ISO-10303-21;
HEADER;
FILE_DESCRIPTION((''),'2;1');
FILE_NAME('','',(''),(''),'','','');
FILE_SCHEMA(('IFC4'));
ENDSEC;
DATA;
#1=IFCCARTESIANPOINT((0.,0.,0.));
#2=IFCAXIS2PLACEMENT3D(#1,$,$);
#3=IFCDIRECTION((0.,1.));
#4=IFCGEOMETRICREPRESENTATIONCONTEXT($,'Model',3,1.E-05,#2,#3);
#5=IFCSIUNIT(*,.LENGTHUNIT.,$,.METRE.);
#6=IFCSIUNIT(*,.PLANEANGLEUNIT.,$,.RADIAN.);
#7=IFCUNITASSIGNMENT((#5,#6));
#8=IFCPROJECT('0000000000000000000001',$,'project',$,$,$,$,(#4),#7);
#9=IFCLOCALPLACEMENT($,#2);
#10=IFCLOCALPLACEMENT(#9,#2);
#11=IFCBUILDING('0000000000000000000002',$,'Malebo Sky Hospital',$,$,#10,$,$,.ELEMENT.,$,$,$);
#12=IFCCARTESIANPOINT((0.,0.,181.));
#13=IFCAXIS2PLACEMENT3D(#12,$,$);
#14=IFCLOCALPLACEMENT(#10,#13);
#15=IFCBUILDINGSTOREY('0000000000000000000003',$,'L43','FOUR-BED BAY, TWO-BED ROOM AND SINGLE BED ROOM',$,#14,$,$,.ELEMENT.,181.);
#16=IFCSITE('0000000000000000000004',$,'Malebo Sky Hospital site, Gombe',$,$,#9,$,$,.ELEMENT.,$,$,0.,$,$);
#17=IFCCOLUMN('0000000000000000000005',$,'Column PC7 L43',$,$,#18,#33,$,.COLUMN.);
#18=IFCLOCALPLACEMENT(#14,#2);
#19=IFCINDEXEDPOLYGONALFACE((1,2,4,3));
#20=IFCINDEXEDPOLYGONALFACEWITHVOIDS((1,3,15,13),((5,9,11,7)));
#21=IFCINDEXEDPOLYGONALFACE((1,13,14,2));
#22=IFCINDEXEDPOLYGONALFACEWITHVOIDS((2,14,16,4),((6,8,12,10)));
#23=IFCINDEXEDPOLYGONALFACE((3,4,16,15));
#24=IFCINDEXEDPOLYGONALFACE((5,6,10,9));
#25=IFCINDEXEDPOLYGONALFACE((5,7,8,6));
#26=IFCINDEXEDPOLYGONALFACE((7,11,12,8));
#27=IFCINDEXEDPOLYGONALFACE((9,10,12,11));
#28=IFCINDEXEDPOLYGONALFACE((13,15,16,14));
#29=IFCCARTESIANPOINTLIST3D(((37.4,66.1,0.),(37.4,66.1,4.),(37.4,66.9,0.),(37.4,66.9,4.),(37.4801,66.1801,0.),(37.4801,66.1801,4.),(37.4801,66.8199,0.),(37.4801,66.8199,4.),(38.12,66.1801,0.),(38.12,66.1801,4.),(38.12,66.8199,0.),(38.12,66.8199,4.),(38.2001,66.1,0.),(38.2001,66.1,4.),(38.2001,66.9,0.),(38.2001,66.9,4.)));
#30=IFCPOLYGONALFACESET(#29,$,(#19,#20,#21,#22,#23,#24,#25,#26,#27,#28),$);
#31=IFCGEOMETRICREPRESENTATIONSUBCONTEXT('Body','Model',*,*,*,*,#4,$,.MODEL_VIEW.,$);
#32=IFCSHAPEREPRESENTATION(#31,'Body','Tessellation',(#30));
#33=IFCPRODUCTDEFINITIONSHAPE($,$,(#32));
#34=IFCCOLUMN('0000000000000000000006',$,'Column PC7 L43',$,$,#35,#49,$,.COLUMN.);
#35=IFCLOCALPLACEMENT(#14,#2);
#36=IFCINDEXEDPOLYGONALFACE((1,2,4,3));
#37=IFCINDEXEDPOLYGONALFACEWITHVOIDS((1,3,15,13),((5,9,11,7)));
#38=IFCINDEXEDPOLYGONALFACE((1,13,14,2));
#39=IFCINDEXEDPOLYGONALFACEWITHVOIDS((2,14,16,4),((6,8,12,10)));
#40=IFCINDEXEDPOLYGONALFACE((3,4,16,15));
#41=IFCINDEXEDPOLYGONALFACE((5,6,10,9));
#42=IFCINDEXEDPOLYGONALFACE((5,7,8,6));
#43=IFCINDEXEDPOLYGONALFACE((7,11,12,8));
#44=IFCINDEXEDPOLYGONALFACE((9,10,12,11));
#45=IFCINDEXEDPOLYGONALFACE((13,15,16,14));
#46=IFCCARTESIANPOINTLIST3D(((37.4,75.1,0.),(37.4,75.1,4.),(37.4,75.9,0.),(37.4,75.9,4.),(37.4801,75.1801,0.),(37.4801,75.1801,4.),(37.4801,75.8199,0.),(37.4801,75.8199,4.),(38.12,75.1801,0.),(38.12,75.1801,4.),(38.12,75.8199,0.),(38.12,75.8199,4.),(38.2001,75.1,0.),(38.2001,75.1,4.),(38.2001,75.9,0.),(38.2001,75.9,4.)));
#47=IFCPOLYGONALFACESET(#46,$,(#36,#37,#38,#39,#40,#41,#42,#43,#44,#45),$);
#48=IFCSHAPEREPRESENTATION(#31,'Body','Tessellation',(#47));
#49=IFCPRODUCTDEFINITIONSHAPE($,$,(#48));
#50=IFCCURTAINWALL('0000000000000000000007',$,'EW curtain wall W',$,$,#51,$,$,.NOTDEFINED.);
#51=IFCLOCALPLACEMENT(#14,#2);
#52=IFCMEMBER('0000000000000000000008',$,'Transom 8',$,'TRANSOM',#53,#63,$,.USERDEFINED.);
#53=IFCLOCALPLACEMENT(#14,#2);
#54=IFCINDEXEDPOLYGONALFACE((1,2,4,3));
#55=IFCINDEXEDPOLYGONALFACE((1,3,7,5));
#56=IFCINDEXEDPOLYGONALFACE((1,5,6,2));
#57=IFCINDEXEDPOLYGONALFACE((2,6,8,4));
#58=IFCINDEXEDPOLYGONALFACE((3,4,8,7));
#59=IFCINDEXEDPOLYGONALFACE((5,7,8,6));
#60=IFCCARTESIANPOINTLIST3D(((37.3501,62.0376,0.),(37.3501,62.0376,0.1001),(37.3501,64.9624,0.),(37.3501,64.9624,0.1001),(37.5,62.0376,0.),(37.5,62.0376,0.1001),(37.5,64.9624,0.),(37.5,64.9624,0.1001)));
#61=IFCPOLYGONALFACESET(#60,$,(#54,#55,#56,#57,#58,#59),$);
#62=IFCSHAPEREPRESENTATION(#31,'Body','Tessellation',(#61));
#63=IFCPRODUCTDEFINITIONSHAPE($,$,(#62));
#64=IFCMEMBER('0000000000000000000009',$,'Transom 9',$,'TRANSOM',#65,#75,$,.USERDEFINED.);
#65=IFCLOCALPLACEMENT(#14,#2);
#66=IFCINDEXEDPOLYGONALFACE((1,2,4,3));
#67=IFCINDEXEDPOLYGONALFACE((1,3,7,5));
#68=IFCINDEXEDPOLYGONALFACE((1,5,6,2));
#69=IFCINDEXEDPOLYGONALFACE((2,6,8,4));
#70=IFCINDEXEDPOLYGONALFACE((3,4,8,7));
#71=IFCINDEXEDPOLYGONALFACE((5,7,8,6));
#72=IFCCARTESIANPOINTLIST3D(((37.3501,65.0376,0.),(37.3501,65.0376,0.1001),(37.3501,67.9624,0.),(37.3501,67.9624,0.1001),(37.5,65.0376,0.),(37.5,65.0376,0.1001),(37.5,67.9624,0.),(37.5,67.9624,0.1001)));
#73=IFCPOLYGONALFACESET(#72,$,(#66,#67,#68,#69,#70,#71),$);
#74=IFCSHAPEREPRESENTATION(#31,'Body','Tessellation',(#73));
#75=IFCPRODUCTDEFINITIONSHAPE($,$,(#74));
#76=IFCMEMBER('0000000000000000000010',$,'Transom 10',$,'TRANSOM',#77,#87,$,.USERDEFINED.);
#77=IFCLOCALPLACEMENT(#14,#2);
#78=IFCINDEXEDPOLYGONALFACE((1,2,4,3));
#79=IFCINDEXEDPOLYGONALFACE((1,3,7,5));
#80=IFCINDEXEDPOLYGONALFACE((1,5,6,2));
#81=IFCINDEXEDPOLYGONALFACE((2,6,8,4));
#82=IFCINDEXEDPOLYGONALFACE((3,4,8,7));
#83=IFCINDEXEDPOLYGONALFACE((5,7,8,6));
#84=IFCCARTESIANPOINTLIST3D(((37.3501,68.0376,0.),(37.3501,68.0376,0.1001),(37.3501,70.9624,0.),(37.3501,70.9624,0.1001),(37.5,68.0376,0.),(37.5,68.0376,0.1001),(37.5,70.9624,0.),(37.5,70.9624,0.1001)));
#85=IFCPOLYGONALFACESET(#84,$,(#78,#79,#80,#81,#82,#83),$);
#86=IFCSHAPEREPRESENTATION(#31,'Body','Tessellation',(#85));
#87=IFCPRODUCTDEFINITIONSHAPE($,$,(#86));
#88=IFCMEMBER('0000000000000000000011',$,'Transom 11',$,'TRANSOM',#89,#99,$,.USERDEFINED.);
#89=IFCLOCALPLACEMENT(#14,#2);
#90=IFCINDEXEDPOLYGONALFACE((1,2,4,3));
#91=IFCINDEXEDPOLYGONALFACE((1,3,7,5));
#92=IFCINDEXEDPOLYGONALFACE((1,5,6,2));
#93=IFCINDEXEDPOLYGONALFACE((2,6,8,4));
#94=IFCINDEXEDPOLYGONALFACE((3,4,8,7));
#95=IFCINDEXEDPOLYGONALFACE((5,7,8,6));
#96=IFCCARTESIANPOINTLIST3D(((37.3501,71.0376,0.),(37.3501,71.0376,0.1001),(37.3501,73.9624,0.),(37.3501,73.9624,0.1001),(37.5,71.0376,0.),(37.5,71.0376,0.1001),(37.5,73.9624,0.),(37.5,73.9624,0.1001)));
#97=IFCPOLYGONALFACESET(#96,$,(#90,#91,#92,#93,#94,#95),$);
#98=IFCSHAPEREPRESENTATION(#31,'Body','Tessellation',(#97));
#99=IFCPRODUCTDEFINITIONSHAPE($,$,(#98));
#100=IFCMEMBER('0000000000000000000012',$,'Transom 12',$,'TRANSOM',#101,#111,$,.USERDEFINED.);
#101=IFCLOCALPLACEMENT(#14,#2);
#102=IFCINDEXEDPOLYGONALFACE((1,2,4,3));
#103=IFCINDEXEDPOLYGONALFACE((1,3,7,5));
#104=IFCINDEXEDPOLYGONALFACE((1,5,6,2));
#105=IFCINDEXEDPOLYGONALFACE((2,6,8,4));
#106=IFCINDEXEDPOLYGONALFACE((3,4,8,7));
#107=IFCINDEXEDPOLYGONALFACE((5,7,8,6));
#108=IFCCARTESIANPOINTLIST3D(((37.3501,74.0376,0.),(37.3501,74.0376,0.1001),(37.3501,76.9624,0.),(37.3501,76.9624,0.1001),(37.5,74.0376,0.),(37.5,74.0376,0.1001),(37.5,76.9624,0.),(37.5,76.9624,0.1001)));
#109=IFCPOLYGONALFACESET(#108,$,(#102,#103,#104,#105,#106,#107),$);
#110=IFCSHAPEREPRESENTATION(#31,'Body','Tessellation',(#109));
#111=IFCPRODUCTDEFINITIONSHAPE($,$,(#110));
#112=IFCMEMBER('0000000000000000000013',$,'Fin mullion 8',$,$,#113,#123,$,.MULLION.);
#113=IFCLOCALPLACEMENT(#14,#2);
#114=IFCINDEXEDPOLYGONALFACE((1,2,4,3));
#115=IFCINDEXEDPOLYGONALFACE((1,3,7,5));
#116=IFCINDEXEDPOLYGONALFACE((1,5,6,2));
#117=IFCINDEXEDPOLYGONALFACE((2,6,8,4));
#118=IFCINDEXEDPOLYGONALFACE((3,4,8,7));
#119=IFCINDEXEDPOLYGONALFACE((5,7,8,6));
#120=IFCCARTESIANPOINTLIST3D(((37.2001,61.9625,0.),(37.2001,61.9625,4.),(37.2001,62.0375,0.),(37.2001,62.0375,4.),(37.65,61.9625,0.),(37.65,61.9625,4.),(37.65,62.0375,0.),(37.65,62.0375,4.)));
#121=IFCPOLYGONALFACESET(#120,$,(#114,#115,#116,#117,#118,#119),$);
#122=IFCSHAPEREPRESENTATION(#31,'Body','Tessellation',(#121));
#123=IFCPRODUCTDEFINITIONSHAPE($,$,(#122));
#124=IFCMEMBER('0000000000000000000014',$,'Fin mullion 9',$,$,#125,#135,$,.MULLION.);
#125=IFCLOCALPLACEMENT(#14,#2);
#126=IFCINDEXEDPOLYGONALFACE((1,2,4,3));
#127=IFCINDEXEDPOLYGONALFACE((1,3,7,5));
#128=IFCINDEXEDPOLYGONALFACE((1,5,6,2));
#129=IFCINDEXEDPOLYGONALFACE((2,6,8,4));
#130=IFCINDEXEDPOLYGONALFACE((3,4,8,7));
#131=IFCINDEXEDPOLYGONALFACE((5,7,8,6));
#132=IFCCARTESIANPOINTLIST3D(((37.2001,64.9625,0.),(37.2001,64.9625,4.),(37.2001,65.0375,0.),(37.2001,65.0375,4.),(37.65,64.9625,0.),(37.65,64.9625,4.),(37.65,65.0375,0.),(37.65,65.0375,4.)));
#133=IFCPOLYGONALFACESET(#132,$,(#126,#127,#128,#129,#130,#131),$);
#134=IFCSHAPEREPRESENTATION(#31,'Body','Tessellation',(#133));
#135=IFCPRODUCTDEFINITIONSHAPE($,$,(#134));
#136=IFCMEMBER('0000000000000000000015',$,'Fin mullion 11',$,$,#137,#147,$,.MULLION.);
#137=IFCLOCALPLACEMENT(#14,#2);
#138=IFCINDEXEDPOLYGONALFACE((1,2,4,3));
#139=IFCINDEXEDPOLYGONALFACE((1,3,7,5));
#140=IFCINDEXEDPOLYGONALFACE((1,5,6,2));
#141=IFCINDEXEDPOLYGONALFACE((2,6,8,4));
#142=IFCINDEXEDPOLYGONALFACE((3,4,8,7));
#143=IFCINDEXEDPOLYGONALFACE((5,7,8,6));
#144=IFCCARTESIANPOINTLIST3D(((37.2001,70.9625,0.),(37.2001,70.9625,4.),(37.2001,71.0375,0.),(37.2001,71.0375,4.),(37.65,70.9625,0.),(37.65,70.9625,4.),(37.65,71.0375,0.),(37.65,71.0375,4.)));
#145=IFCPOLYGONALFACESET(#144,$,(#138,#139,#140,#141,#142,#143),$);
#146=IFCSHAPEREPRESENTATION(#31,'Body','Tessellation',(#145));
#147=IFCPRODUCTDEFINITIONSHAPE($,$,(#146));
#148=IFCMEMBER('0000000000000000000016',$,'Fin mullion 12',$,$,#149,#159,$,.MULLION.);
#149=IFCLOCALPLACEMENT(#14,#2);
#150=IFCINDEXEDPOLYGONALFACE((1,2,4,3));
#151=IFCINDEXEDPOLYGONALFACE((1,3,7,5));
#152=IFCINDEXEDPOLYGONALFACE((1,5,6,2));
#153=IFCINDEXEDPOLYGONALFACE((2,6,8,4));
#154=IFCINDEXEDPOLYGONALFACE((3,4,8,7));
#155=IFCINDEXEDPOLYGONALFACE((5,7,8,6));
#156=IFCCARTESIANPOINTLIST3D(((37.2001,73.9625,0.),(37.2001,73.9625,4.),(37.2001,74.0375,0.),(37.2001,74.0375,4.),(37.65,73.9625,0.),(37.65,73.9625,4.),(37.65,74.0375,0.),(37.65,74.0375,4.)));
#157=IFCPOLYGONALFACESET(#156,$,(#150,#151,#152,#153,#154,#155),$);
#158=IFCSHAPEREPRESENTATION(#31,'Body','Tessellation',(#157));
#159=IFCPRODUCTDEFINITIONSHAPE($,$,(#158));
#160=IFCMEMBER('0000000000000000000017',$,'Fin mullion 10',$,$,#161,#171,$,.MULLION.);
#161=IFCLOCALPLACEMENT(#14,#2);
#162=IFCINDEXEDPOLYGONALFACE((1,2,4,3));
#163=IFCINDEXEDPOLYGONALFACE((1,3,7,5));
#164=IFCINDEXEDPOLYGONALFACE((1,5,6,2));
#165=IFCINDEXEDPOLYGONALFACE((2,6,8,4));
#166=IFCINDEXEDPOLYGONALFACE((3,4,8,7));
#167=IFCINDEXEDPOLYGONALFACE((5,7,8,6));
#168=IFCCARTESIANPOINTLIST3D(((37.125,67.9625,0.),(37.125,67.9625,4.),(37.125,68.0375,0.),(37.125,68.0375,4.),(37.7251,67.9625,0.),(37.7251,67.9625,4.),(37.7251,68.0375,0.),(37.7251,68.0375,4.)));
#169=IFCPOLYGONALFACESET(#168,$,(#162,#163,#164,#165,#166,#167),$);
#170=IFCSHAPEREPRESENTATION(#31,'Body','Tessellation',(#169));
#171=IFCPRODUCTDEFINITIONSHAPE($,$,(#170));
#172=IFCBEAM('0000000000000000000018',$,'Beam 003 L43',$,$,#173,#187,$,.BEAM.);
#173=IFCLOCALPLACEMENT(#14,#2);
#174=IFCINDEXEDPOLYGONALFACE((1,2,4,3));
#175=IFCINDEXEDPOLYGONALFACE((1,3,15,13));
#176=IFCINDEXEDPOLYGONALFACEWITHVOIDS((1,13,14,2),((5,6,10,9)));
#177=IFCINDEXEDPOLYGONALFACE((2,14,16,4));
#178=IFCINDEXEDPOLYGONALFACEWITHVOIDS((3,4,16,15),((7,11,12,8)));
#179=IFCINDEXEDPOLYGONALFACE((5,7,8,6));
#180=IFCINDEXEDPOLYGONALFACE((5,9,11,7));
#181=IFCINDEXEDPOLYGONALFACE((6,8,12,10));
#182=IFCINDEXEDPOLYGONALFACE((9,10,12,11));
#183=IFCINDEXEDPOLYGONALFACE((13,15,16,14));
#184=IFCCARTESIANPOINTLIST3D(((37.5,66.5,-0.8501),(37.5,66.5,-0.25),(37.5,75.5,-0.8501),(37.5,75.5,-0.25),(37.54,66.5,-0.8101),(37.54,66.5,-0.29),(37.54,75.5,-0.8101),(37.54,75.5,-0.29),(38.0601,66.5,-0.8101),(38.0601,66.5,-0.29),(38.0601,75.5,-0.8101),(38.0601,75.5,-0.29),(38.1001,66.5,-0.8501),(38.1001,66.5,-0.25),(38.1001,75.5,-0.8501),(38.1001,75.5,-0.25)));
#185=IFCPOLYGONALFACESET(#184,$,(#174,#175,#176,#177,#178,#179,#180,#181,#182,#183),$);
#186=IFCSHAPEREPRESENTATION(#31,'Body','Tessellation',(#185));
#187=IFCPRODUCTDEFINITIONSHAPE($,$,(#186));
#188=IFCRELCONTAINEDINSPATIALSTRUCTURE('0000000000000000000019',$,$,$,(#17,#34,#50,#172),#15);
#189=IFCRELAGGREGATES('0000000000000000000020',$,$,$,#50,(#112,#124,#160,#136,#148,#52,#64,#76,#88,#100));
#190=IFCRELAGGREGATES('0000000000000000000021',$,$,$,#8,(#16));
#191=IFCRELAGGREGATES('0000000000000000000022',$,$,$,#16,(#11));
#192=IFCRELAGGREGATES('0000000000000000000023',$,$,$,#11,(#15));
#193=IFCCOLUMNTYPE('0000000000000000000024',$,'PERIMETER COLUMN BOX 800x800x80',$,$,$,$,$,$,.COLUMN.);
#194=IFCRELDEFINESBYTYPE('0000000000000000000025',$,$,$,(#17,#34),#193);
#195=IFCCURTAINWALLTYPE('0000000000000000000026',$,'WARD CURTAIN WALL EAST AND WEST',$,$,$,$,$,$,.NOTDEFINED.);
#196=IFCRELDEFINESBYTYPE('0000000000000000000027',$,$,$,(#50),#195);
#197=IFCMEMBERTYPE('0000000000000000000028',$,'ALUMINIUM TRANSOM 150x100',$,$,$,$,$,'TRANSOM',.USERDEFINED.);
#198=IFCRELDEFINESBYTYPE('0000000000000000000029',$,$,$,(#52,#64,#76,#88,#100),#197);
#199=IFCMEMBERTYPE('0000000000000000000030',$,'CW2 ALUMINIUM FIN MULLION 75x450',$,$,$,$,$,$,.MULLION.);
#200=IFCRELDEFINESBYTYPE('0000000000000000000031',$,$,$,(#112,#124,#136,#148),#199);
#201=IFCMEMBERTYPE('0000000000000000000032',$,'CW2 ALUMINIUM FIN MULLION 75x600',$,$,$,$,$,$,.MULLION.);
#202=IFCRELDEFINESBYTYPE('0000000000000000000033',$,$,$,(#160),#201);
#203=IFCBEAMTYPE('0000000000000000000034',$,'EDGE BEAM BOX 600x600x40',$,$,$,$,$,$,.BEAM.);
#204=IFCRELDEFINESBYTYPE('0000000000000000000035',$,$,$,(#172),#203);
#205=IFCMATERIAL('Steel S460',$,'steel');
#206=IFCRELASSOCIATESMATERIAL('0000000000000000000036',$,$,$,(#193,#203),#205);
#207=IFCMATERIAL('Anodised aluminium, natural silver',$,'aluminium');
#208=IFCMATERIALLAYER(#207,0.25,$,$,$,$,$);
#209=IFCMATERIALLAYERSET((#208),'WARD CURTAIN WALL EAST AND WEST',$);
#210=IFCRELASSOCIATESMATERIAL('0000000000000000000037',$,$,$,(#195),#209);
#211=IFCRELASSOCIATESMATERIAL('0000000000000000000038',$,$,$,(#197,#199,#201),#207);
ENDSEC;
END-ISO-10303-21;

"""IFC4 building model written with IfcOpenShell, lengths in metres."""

from ifc_helpers import new_model, si_unit, direction, frame, origin, origin_2d, place, context, subcontext, project, spatial, rectangle, hollow_rectangle, extrude, material, layer, layer_set, material_profile, profile_set, type_object, element, aggregate, save


model = new_model("IFC4")

# Units and contexts
model_context = context("Model", 3, precision=1e-05, world=origin(), true_north=direction((0.0, 1.0)))
body_context = subcontext(model_context, "Body", "Model", "MODEL_VIEW")
ifc_project = project(units=[si_unit("LENGTHUNIT", "METRE"), si_unit("PLANEANGLEUNIT", "RADIAN")], contexts=[model_context])

# Site, building, storey
site_placement = place(None, origin())
site = spatial("IfcSite", under=ifc_project, at=site_placement, Name="Malebo Sky Hospital site, Gombe", CompositionType="ELEMENT", RefElevation=0.0)
building_placement = place(site_placement, origin())
building = spatial("IfcBuilding", under=site, at=building_placement, Name="Malebo Sky Hospital", CompositionType="ELEMENT")
storey_placement = place(building_placement, frame((0.0, 0.0, 181.0)))
storey = spatial("IfcBuildingStorey", under=building, at=storey_placement, Name="L43", Description="FOUR-BED BAY, TWO-BED ROOM AND SINGLE BED ROOM", CompositionType="ELEMENT", Elevation=181.0)

# Columns
ifc_material_1 = material(Name="Steel S460", Category="steel")
ifc_material_profile_1 = material_profile(ifc_material_1, hollow_rectangle(XDim=0.8, YDim=0.8, WallThickness=0.0801, at=origin_2d()), Name="BOX 800x800x80")
ifc_profile_set_1 = profile_set([ifc_material_profile_1], Name="Steel S460")
column_type = type_object("IfcColumnType", Name="PERIMETER COLUMN BOX 800x800x80", PredefinedType="COLUMN", material=ifc_profile_set_1)
for number, where, z_axis, x_axis, name in (
    (1, (37.8, 66.5, 0.0), (0.0, 0.0, 1.0), (1.0, 0.0, 0.0), "Column PC7 L43"),
    (2, (37.8, 75.5, 0.0), (0.0, 0.0, 1.0), (1.0, 0.0, 0.0), "Column PC7 L43"),
):
    element("IfcColumn", number, at=place(storey_placement, frame(where, z_axis=z_axis, x_axis=x_axis)), inside=storey, type_object=column_type, Name=name, PredefinedType="COLUMN", context=body_context, shape_type="SweptSolid", body=[
        extrude(hollow_rectangle(XDim=0.8, YDim=0.8, WallThickness=0.0801, at=origin_2d()), origin(), (0.0, 0.0, 1.0), 4.0),
    ])

# Curtain wall, members
ifc_material_2 = material(Name="Anodised aluminium, natural silver", Category="aluminium")
ifc_layer_1 = layer(ifc_material_2, 0.25)
ifc_layer_set_1 = layer_set([ifc_layer_1], Name="WARD CURTAIN WALL EAST AND WEST")
curtain_wall_type = type_object("IfcCurtainWallType", Name="WARD CURTAIN WALL EAST AND WEST", PredefinedType="NOTDEFINED", material=ifc_layer_set_1)
curtain_wall_placement = place(storey_placement, origin())
curtain_wall = element("IfcCurtainWall", 3, at=curtain_wall_placement, inside=storey, type_object=curtain_wall_type, Name="EW curtain wall W", PredefinedType="NOTDEFINED")
ifc_material_profile_2 = material_profile(ifc_material_2, rectangle(XDim=0.1499, YDim=0.1001, at=origin_2d()), Name="ALUMINIUM TRANSOM 150x100")
ifc_profile_set_2 = profile_set([ifc_material_profile_2], Name="Anodised aluminium, natural silver")
member_type_1 = type_object("IfcMemberType", Name="ALUMINIUM TRANSOM 150x100", ElementType="TRANSOM", PredefinedType="USERDEFINED", material=ifc_profile_set_2)
member_1_placement = place(storey_placement, frame((37.425, 62.0376, 0.05), z_axis=(0.0, 1.0, 0.0), x_axis=(-1.0, 0.0, 0.0)))
member_1 = element("IfcMember", 4, at=member_1_placement, type_object=member_type_1, Name="Transom 8", ObjectType="TRANSOM", PredefinedType="USERDEFINED", context=body_context, shape_type="SweptSolid", body=[
    extrude(rectangle(XDim=0.1499, YDim=0.1001, at=origin_2d()), origin(), (0.0, 0.0, 1.0), 2.9248),
])
member_2_placement = place(storey_placement, frame((37.425, 65.0376, 0.05), z_axis=(0.0, 1.0, 0.0), x_axis=(-1.0, 0.0, 0.0)))
member_2 = element("IfcMember", 5, at=member_2_placement, type_object=member_type_1, Name="Transom 9", ObjectType="TRANSOM", PredefinedType="USERDEFINED", context=body_context, shape_type="SweptSolid", body=[
    extrude(rectangle(XDim=0.1499, YDim=0.1001, at=origin_2d()), origin(), (0.0, 0.0, 1.0), 2.9248),
])
member_3_placement = place(storey_placement, frame((37.425, 68.0376, 0.05), z_axis=(0.0, 1.0, 0.0), x_axis=(-1.0, 0.0, 0.0)))
member_3 = element("IfcMember", 6, at=member_3_placement, type_object=member_type_1, Name="Transom 10", ObjectType="TRANSOM", PredefinedType="USERDEFINED", context=body_context, shape_type="SweptSolid", body=[
    extrude(rectangle(XDim=0.1499, YDim=0.1001, at=origin_2d()), origin(), (0.0, 0.0, 1.0), 2.9248),
])
member_4_placement = place(storey_placement, frame((37.425, 71.0376, 0.05), z_axis=(0.0, 1.0, 0.0), x_axis=(-1.0, 0.0, 0.0)))
member_4 = element("IfcMember", 7, at=member_4_placement, type_object=member_type_1, Name="Transom 11", ObjectType="TRANSOM", PredefinedType="USERDEFINED", context=body_context, shape_type="SweptSolid", body=[
    extrude(rectangle(XDim=0.1499, YDim=0.1001, at=origin_2d()), origin(), (0.0, 0.0, 1.0), 2.9248),
])
member_5_placement = place(storey_placement, frame((37.425, 74.0376, 0.05), z_axis=(0.0, 1.0, 0.0), x_axis=(-1.0, 0.0, 0.0)))
member_5 = element("IfcMember", 8, at=member_5_placement, type_object=member_type_1, Name="Transom 12", ObjectType="TRANSOM", PredefinedType="USERDEFINED", context=body_context, shape_type="SweptSolid", body=[
    extrude(rectangle(XDim=0.1499, YDim=0.1001, at=origin_2d()), origin(), (0.0, 0.0, 1.0), 2.9248),
])
ifc_material_profile_3 = material_profile(ifc_material_2, rectangle(XDim=0.075, YDim=0.45, at=origin_2d()), Name="CW2 ALUMINIUM FIN MULLION 75x450")
ifc_profile_set_3 = profile_set([ifc_material_profile_3], Name="Anodised aluminium, natural silver")
member_type_2 = type_object("IfcMemberType", Name="CW2 ALUMINIUM FIN MULLION 75x450", PredefinedType="MULLION", material=ifc_profile_set_3)
member_6_placement = place(storey_placement, frame((37.425, 62.0, 0.0), z_axis=(0.0, 0.0, 1.0), x_axis=(0.0, 1.0, 0.0)))
member_6 = element("IfcMember", 9, at=member_6_placement, type_object=member_type_2, Name="Fin mullion 8", PredefinedType="MULLION", context=body_context, shape_type="SweptSolid", body=[
    extrude(rectangle(XDim=0.075, YDim=0.45, at=origin_2d()), origin(), (0.0, 0.0, 1.0), 4.0),
])
member_7_placement = place(storey_placement, frame((37.425, 65.0, 0.0), z_axis=(0.0, 0.0, 1.0), x_axis=(0.0, 1.0, 0.0)))
member_7 = element("IfcMember", 10, at=member_7_placement, type_object=member_type_2, Name="Fin mullion 9", PredefinedType="MULLION", context=body_context, shape_type="SweptSolid", body=[
    extrude(rectangle(XDim=0.075, YDim=0.45, at=origin_2d()), origin(), (0.0, 0.0, 1.0), 4.0),
])
member_8_placement = place(storey_placement, frame((37.425, 71.0, 0.0), z_axis=(0.0, 0.0, 1.0), x_axis=(0.0, 1.0, 0.0)))
member_8 = element("IfcMember", 11, at=member_8_placement, type_object=member_type_2, Name="Fin mullion 11", PredefinedType="MULLION", context=body_context, shape_type="SweptSolid", body=[
    extrude(rectangle(XDim=0.075, YDim=0.45, at=origin_2d()), origin(), (0.0, 0.0, 1.0), 4.0),
])
member_9_placement = place(storey_placement, frame((37.425, 74.0, 0.0), z_axis=(0.0, 0.0, 1.0), x_axis=(0.0, 1.0, 0.0)))
member_9 = element("IfcMember", 12, at=member_9_placement, type_object=member_type_2, Name="Fin mullion 12", PredefinedType="MULLION", context=body_context, shape_type="SweptSolid", body=[
    extrude(rectangle(XDim=0.075, YDim=0.45, at=origin_2d()), origin(), (0.0, 0.0, 1.0), 4.0),
])
ifc_material_profile_4 = material_profile(ifc_material_2, rectangle(XDim=0.075, YDim=0.6001, at=origin_2d()), Name="CW2 ALUMINIUM FIN MULLION 75x600")
ifc_profile_set_4 = profile_set([ifc_material_profile_4], Name="Anodised aluminium, natural silver")
member_type_3 = type_object("IfcMemberType", Name="CW2 ALUMINIUM FIN MULLION 75x600", PredefinedType="MULLION", material=ifc_profile_set_4)
member_10_placement = place(storey_placement, frame((37.425, 68.0, 0.0), z_axis=(0.0, 0.0, 1.0), x_axis=(0.0, 1.0, 0.0)))
member_10 = element("IfcMember", 13, at=member_10_placement, type_object=member_type_3, Name="Fin mullion 10", PredefinedType="MULLION", context=body_context, shape_type="SweptSolid", body=[
    extrude(rectangle(XDim=0.075, YDim=0.6001, at=origin_2d()), origin(), (0.0, 0.0, 1.0), 4.0),
])

# Beam
ifc_material_profile_5 = material_profile(ifc_material_1, hollow_rectangle(XDim=0.6001, YDim=0.6001, WallThickness=0.04, at=origin_2d()), Name="BOX 600x600x40")
ifc_profile_set_5 = profile_set([ifc_material_profile_5], Name="Steel S460")
beam_type_1 = type_object("IfcBeamType", Name="EDGE BEAM BOX 600x600x40", PredefinedType="BEAM", material=ifc_profile_set_5)
beam_1_placement = place(storey_placement, frame((37.8, 66.5, -0.55), z_axis=(0.0, 1.0, 0.0), x_axis=(-1.0, 0.0, 0.0)))
element("IfcBeam", 14, at=beam_1_placement, inside=storey, type_object=beam_type_1, Name="Beam 003 L43", PredefinedType="BEAM", context=body_context, shape_type="SweptSolid", body=[
    extrude(hollow_rectangle(XDim=0.6001, YDim=0.6001, WallThickness=0.04, at=origin_2d()), origin(), (0.0, 0.0, 1.0), 9.0),
])

aggregate(curtain_wall, [member_6, member_7, member_10, member_8, member_9, member_1, member_2, member_3, member_4, member_5])

save(model, "model.ifc")
